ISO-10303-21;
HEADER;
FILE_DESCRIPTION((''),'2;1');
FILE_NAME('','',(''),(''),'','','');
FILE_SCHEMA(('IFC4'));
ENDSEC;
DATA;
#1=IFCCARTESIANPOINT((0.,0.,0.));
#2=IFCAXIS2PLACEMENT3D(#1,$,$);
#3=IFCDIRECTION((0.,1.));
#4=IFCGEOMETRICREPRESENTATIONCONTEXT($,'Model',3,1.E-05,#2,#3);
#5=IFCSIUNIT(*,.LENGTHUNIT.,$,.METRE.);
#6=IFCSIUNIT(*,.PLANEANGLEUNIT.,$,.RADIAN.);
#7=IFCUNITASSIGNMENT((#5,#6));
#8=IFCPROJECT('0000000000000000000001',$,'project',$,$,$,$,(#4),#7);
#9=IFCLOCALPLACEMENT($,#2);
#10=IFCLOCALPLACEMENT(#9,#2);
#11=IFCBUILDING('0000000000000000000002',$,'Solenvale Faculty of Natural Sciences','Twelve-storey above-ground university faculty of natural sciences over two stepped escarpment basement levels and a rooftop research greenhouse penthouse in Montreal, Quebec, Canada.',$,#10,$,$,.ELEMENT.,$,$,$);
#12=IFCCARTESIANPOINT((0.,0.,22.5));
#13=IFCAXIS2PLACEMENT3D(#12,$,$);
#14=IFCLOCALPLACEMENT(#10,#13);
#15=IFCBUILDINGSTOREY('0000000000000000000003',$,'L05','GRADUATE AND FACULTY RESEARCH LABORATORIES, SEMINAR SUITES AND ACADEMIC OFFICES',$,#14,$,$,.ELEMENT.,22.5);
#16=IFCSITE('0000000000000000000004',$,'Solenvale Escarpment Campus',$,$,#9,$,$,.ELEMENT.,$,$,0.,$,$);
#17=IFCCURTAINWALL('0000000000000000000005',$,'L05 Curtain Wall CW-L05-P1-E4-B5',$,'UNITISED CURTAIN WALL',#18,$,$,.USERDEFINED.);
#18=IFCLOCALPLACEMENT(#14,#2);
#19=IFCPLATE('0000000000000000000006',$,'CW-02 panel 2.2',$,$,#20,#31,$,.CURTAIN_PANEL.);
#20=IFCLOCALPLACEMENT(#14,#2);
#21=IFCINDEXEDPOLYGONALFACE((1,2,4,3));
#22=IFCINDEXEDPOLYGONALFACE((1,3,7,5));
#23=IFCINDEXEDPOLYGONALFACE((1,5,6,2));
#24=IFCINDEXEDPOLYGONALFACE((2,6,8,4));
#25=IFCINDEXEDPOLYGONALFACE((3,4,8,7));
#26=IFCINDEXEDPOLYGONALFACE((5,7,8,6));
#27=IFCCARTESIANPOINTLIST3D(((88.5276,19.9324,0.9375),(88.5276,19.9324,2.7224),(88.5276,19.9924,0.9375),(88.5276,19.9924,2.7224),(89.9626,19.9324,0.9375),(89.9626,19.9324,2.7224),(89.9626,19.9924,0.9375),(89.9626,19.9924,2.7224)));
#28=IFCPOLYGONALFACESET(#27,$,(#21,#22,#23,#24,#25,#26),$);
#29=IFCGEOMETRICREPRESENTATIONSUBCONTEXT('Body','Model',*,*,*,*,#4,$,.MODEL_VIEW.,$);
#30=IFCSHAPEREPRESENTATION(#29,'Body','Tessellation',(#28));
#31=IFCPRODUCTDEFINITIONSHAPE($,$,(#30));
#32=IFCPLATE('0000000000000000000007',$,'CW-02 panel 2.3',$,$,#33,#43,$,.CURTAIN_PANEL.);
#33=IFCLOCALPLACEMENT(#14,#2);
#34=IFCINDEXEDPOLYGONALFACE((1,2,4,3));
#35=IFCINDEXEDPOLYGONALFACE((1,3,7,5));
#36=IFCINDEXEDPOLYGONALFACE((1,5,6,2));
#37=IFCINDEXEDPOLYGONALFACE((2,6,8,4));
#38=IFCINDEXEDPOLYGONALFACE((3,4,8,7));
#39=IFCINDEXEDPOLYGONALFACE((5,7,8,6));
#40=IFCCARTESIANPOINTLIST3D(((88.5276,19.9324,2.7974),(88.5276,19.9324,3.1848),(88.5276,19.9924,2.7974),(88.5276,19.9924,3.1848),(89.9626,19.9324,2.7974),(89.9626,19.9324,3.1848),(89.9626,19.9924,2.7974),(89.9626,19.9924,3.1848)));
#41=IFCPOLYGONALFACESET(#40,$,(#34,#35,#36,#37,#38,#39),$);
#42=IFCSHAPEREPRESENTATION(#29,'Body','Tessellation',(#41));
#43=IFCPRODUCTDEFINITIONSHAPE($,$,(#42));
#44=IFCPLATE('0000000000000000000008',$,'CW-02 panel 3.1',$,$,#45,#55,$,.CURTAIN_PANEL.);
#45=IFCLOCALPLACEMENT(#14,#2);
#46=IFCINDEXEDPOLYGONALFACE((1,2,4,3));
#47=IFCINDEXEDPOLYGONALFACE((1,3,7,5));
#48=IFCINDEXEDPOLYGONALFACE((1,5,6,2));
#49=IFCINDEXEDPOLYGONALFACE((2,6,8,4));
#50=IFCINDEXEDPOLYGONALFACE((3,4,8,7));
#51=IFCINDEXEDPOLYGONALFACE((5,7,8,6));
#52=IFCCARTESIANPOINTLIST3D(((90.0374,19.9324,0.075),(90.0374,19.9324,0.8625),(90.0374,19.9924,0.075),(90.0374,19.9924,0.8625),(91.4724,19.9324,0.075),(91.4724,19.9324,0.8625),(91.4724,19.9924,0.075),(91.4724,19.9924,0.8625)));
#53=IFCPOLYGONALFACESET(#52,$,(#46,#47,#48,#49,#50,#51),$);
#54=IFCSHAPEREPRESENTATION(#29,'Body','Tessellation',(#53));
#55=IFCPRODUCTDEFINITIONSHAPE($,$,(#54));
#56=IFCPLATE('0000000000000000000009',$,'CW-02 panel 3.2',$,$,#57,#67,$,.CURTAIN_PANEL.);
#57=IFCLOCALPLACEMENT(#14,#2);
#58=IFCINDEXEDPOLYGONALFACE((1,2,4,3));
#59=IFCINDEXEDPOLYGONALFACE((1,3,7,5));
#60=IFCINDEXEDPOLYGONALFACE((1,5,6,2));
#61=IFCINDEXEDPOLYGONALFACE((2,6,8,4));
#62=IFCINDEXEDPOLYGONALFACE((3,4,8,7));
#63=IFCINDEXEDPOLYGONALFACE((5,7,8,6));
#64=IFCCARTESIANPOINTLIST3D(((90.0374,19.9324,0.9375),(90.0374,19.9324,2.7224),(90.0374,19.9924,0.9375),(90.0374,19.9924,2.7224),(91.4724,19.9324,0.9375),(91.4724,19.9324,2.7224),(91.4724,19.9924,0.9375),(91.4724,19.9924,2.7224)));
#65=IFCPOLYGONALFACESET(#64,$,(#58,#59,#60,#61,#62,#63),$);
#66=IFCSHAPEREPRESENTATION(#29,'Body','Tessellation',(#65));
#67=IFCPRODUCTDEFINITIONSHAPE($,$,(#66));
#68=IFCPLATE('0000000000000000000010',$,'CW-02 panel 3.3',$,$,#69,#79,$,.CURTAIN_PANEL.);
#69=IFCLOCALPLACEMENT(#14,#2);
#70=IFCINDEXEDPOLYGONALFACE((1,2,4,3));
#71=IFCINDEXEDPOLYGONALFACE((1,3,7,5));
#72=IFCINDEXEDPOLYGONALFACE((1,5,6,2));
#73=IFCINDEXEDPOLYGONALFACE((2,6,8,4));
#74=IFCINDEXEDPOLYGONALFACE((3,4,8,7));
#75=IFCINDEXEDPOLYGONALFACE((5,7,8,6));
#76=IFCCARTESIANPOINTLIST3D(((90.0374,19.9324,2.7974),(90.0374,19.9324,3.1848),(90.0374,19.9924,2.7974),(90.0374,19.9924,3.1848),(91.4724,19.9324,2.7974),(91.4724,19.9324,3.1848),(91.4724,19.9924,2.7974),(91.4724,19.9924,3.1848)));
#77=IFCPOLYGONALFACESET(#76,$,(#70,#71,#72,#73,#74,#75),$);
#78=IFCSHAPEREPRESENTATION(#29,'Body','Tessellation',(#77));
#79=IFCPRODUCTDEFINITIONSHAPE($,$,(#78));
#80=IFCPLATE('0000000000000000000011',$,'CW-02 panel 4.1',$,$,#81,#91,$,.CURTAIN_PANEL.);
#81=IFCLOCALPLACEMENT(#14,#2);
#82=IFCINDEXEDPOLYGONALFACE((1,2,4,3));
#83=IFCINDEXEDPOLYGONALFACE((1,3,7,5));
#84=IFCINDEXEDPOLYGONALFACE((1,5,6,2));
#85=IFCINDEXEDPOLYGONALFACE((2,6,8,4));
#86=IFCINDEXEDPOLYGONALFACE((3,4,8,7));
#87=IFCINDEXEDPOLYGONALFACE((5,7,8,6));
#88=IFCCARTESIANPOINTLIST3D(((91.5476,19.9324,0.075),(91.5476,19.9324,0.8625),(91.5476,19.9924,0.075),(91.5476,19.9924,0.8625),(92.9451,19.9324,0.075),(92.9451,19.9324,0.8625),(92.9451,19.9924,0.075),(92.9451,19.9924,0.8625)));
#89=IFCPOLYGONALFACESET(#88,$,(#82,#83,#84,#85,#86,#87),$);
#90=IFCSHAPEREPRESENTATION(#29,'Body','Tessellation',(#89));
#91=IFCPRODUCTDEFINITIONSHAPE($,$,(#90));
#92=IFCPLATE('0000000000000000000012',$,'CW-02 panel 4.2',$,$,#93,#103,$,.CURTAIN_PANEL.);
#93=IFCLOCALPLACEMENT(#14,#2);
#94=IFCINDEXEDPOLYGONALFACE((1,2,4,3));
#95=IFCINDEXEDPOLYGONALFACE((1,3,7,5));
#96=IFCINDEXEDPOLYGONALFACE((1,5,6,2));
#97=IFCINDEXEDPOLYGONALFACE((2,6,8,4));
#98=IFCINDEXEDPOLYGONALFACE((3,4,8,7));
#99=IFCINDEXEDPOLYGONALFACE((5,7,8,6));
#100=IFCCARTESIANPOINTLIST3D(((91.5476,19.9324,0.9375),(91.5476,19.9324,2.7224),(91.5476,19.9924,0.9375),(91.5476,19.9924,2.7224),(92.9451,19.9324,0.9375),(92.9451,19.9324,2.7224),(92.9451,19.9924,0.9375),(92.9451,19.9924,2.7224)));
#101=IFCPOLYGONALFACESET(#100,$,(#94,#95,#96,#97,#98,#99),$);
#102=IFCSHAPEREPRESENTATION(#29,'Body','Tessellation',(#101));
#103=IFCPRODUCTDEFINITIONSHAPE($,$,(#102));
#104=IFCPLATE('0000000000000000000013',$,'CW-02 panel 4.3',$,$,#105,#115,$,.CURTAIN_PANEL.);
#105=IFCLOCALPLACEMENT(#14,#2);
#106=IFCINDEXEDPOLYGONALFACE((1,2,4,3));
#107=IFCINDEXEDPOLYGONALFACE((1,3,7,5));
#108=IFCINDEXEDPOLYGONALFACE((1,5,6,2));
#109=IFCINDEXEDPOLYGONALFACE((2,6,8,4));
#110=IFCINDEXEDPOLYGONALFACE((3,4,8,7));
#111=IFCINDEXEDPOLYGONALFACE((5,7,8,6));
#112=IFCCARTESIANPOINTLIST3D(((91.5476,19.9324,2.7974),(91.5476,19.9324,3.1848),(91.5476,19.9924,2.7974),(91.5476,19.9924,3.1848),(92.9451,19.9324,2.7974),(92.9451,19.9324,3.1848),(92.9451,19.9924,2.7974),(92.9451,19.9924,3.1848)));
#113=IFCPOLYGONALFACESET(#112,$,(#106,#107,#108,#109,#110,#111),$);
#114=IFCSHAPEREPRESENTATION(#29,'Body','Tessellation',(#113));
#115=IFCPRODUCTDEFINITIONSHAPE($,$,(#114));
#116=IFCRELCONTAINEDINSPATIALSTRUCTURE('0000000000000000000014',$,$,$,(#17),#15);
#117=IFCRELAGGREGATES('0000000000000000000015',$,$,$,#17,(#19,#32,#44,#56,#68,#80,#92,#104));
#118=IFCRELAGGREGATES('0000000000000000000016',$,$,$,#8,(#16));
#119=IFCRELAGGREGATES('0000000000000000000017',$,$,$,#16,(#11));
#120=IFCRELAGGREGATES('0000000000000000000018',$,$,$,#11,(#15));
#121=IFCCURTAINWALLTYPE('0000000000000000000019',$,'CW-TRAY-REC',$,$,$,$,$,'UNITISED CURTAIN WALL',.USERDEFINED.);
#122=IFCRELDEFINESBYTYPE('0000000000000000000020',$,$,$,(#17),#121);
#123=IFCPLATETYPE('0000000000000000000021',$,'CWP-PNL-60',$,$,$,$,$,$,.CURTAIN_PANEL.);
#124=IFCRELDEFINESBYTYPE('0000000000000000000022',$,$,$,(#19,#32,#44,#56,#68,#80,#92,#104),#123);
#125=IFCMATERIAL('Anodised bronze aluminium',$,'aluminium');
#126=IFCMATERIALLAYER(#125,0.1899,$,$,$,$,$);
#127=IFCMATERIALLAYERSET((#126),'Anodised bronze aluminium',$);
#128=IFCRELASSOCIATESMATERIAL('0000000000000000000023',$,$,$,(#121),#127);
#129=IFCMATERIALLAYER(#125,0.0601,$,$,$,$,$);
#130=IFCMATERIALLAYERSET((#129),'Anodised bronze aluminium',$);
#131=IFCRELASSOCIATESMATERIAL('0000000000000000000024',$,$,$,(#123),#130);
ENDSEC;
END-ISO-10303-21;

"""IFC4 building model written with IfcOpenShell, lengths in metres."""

from ifc_helpers import new_model, si_unit, direction, frame, origin, origin_2d, place, context, subcontext, project, spatial, rectangle, extrude, material, layer, layer_set, type_object, element, aggregate, save


model = new_model("IFC4")

# Units and contexts
model_context = context("Model", 3, precision=1e-05, world=origin(), true_north=direction((0.0, 1.0)))
body_context = subcontext(model_context, "Body", "Model", "MODEL_VIEW")
ifc_project = project(units=[si_unit("LENGTHUNIT", "METRE"), si_unit("PLANEANGLEUNIT", "RADIAN")], contexts=[model_context])

# Site, building, storey
site_placement = place(None, origin())
site = spatial("IfcSite", under=ifc_project, at=site_placement, Name="Solenvale Escarpment Campus", CompositionType="ELEMENT", RefElevation=0.0)
building_placement = place(site_placement, origin())
building = spatial("IfcBuilding", under=site, at=building_placement, Name="Solenvale Faculty of Natural Sciences", Description="Twelve-storey above-ground university faculty of natural sciences over two stepped escarpment basement levels and a rooftop research greenhouse penthouse in Montreal, Quebec, Canada.", CompositionType="ELEMENT")
storey_placement = place(building_placement, frame((0.0, 0.0, 22.5)))
storey = spatial("IfcBuildingStorey", under=building, at=storey_placement, Name="L05", Description="GRADUATE AND FACULTY RESEARCH LABORATORIES, SEMINAR SUITES AND ACADEMIC OFFICES", CompositionType="ELEMENT", Elevation=22.5)

# Curtain wall, plates
ifc_material_1 = material(Name="Anodised bronze aluminium", Category="aluminium")
ifc_layer_1 = layer(ifc_material_1, 0.1899)
ifc_layer_set_1 = layer_set([ifc_layer_1], Name="Anodised bronze aluminium")
curtain_wall_type = type_object("IfcCurtainWallType", Name="CW-TRAY-REC", ElementType="UNITISED CURTAIN WALL", PredefinedType="USERDEFINED", material=ifc_layer_set_1)
curtain_wall_placement = place(storey_placement, origin())
curtain_wall = element("IfcCurtainWall", 1, at=curtain_wall_placement, inside=storey, type_object=curtain_wall_type, Name="L05 Curtain Wall CW-L05-P1-E4-B5", ObjectType="UNITISED CURTAIN WALL", PredefinedType="USERDEFINED")
ifc_layer_2 = layer(ifc_material_1, 0.0601)
ifc_layer_set_2 = layer_set([ifc_layer_2], Name="Anodised bronze aluminium")
plate_type = type_object("IfcPlateType", Name="CWP-PNL-60", PredefinedType="CURTAIN_PANEL", material=ifc_layer_set_2)
plate_1_placement = place(storey_placement, frame((89.2451, 19.9624, 0.9375), z_axis=(0.0, 0.0, 1.0), x_axis=(1.0, 0.0, 0.0)))
plate_1 = element("IfcPlate", 2, at=plate_1_placement, type_object=plate_type, Name="CW-02 panel 2.2", PredefinedType="CURTAIN_PANEL", context=body_context, shape_type="SweptSolid", body=[
    extrude(rectangle(XDim=1.4351, YDim=0.0601, at=origin_2d()), origin(), (0.0, 0.0, 1.0), 1.7849),
])
plate_2_placement = place(storey_placement, frame((89.2451, 19.9624, 2.7974), z_axis=(0.0, 0.0, 1.0), x_axis=(1.0, 0.0, 0.0)))
plate_2 = element("IfcPlate", 3, at=plate_2_placement, type_object=plate_type, Name="CW-02 panel 2.3", PredefinedType="CURTAIN_PANEL", context=body_context, shape_type="SweptSolid", body=[
    extrude(rectangle(XDim=1.4351, YDim=0.0601, at=origin_2d()), origin(), (0.0, 0.0, 1.0), 0.3875),
])
plate_3_placement = place(storey_placement, frame((90.7549, 19.9624, 0.075), z_axis=(0.0, 0.0, 1.0), x_axis=(1.0, 0.0, 0.0)))
plate_3 = element("IfcPlate", 4, at=plate_3_placement, type_object=plate_type, Name="CW-02 panel 3.1", PredefinedType="CURTAIN_PANEL", context=body_context, shape_type="SweptSolid", body=[
    extrude(rectangle(XDim=1.4351, YDim=0.0601, at=origin_2d()), origin(), (0.0, 0.0, 1.0), 0.7876),
])
plate_4_placement = place(storey_placement, frame((90.7549, 19.9624, 0.9375), z_axis=(0.0, 0.0, 1.0), x_axis=(1.0, 0.0, 0.0)))
plate_4 = element("IfcPlate", 5, at=plate_4_placement, type_object=plate_type, Name="CW-02 panel 3.2", PredefinedType="CURTAIN_PANEL", context=body_context, shape_type="SweptSolid", body=[
    extrude(rectangle(XDim=1.4351, YDim=0.0601, at=origin_2d()), origin(), (0.0, 0.0, 1.0), 1.7849),
])
plate_5_placement = place(storey_placement, frame((90.7549, 19.9624, 2.7974), z_axis=(0.0, 0.0, 1.0), x_axis=(1.0, 0.0, 0.0)))
plate_5 = element("IfcPlate", 6, at=plate_5_placement, type_object=plate_type, Name="CW-02 panel 3.3", PredefinedType="CURTAIN_PANEL", context=body_context, shape_type="SweptSolid", body=[
    extrude(rectangle(XDim=1.4351, YDim=0.0601, at=origin_2d()), origin(), (0.0, 0.0, 1.0), 0.3875),
])
plate_6_placement = place(storey_placement, frame((92.2463, 19.9624, 0.075), z_axis=(0.0, 0.0, 1.0), x_axis=(1.0, 0.0, 0.0)))
plate_6 = element("IfcPlate", 7, at=plate_6_placement, type_object=plate_type, Name="CW-02 panel 4.1", PredefinedType="CURTAIN_PANEL", context=body_context, shape_type="SweptSolid", body=[
    extrude(rectangle(XDim=1.3975, YDim=0.0601, at=origin_2d()), origin(), (0.0, 0.0, 1.0), 0.7876),
])
plate_7_placement = place(storey_placement, frame((92.2463, 19.9624, 0.9375), z_axis=(0.0, 0.0, 1.0), x_axis=(1.0, 0.0, 0.0)))
plate_7 = element("IfcPlate", 8, at=plate_7_placement, type_object=plate_type, Name="CW-02 panel 4.2", PredefinedType="CURTAIN_PANEL", context=body_context, shape_type="SweptSolid", body=[
    extrude(rectangle(XDim=1.3975, YDim=0.0601, at=origin_2d()), origin(), (0.0, 0.0, 1.0), 1.7849),
])
plate_8_placement = place(storey_placement, frame((92.2463, 19.9624, 2.7974), z_axis=(0.0, 0.0, 1.0), x_axis=(1.0, 0.0, 0.0)))
plate_8 = element("IfcPlate", 9, at=plate_8_placement, type_object=plate_type, Name="CW-02 panel 4.3", PredefinedType="CURTAIN_PANEL", context=body_context, shape_type="SweptSolid", body=[
    extrude(rectangle(XDim=1.3975, YDim=0.0601, at=origin_2d()), origin(), (0.0, 0.0, 1.0), 0.3875),
])
aggregate(curtain_wall, [plate_1, plate_2, plate_3, plate_4, plate_5, plate_6, plate_7, plate_8])

save(model, "model.ifc")
